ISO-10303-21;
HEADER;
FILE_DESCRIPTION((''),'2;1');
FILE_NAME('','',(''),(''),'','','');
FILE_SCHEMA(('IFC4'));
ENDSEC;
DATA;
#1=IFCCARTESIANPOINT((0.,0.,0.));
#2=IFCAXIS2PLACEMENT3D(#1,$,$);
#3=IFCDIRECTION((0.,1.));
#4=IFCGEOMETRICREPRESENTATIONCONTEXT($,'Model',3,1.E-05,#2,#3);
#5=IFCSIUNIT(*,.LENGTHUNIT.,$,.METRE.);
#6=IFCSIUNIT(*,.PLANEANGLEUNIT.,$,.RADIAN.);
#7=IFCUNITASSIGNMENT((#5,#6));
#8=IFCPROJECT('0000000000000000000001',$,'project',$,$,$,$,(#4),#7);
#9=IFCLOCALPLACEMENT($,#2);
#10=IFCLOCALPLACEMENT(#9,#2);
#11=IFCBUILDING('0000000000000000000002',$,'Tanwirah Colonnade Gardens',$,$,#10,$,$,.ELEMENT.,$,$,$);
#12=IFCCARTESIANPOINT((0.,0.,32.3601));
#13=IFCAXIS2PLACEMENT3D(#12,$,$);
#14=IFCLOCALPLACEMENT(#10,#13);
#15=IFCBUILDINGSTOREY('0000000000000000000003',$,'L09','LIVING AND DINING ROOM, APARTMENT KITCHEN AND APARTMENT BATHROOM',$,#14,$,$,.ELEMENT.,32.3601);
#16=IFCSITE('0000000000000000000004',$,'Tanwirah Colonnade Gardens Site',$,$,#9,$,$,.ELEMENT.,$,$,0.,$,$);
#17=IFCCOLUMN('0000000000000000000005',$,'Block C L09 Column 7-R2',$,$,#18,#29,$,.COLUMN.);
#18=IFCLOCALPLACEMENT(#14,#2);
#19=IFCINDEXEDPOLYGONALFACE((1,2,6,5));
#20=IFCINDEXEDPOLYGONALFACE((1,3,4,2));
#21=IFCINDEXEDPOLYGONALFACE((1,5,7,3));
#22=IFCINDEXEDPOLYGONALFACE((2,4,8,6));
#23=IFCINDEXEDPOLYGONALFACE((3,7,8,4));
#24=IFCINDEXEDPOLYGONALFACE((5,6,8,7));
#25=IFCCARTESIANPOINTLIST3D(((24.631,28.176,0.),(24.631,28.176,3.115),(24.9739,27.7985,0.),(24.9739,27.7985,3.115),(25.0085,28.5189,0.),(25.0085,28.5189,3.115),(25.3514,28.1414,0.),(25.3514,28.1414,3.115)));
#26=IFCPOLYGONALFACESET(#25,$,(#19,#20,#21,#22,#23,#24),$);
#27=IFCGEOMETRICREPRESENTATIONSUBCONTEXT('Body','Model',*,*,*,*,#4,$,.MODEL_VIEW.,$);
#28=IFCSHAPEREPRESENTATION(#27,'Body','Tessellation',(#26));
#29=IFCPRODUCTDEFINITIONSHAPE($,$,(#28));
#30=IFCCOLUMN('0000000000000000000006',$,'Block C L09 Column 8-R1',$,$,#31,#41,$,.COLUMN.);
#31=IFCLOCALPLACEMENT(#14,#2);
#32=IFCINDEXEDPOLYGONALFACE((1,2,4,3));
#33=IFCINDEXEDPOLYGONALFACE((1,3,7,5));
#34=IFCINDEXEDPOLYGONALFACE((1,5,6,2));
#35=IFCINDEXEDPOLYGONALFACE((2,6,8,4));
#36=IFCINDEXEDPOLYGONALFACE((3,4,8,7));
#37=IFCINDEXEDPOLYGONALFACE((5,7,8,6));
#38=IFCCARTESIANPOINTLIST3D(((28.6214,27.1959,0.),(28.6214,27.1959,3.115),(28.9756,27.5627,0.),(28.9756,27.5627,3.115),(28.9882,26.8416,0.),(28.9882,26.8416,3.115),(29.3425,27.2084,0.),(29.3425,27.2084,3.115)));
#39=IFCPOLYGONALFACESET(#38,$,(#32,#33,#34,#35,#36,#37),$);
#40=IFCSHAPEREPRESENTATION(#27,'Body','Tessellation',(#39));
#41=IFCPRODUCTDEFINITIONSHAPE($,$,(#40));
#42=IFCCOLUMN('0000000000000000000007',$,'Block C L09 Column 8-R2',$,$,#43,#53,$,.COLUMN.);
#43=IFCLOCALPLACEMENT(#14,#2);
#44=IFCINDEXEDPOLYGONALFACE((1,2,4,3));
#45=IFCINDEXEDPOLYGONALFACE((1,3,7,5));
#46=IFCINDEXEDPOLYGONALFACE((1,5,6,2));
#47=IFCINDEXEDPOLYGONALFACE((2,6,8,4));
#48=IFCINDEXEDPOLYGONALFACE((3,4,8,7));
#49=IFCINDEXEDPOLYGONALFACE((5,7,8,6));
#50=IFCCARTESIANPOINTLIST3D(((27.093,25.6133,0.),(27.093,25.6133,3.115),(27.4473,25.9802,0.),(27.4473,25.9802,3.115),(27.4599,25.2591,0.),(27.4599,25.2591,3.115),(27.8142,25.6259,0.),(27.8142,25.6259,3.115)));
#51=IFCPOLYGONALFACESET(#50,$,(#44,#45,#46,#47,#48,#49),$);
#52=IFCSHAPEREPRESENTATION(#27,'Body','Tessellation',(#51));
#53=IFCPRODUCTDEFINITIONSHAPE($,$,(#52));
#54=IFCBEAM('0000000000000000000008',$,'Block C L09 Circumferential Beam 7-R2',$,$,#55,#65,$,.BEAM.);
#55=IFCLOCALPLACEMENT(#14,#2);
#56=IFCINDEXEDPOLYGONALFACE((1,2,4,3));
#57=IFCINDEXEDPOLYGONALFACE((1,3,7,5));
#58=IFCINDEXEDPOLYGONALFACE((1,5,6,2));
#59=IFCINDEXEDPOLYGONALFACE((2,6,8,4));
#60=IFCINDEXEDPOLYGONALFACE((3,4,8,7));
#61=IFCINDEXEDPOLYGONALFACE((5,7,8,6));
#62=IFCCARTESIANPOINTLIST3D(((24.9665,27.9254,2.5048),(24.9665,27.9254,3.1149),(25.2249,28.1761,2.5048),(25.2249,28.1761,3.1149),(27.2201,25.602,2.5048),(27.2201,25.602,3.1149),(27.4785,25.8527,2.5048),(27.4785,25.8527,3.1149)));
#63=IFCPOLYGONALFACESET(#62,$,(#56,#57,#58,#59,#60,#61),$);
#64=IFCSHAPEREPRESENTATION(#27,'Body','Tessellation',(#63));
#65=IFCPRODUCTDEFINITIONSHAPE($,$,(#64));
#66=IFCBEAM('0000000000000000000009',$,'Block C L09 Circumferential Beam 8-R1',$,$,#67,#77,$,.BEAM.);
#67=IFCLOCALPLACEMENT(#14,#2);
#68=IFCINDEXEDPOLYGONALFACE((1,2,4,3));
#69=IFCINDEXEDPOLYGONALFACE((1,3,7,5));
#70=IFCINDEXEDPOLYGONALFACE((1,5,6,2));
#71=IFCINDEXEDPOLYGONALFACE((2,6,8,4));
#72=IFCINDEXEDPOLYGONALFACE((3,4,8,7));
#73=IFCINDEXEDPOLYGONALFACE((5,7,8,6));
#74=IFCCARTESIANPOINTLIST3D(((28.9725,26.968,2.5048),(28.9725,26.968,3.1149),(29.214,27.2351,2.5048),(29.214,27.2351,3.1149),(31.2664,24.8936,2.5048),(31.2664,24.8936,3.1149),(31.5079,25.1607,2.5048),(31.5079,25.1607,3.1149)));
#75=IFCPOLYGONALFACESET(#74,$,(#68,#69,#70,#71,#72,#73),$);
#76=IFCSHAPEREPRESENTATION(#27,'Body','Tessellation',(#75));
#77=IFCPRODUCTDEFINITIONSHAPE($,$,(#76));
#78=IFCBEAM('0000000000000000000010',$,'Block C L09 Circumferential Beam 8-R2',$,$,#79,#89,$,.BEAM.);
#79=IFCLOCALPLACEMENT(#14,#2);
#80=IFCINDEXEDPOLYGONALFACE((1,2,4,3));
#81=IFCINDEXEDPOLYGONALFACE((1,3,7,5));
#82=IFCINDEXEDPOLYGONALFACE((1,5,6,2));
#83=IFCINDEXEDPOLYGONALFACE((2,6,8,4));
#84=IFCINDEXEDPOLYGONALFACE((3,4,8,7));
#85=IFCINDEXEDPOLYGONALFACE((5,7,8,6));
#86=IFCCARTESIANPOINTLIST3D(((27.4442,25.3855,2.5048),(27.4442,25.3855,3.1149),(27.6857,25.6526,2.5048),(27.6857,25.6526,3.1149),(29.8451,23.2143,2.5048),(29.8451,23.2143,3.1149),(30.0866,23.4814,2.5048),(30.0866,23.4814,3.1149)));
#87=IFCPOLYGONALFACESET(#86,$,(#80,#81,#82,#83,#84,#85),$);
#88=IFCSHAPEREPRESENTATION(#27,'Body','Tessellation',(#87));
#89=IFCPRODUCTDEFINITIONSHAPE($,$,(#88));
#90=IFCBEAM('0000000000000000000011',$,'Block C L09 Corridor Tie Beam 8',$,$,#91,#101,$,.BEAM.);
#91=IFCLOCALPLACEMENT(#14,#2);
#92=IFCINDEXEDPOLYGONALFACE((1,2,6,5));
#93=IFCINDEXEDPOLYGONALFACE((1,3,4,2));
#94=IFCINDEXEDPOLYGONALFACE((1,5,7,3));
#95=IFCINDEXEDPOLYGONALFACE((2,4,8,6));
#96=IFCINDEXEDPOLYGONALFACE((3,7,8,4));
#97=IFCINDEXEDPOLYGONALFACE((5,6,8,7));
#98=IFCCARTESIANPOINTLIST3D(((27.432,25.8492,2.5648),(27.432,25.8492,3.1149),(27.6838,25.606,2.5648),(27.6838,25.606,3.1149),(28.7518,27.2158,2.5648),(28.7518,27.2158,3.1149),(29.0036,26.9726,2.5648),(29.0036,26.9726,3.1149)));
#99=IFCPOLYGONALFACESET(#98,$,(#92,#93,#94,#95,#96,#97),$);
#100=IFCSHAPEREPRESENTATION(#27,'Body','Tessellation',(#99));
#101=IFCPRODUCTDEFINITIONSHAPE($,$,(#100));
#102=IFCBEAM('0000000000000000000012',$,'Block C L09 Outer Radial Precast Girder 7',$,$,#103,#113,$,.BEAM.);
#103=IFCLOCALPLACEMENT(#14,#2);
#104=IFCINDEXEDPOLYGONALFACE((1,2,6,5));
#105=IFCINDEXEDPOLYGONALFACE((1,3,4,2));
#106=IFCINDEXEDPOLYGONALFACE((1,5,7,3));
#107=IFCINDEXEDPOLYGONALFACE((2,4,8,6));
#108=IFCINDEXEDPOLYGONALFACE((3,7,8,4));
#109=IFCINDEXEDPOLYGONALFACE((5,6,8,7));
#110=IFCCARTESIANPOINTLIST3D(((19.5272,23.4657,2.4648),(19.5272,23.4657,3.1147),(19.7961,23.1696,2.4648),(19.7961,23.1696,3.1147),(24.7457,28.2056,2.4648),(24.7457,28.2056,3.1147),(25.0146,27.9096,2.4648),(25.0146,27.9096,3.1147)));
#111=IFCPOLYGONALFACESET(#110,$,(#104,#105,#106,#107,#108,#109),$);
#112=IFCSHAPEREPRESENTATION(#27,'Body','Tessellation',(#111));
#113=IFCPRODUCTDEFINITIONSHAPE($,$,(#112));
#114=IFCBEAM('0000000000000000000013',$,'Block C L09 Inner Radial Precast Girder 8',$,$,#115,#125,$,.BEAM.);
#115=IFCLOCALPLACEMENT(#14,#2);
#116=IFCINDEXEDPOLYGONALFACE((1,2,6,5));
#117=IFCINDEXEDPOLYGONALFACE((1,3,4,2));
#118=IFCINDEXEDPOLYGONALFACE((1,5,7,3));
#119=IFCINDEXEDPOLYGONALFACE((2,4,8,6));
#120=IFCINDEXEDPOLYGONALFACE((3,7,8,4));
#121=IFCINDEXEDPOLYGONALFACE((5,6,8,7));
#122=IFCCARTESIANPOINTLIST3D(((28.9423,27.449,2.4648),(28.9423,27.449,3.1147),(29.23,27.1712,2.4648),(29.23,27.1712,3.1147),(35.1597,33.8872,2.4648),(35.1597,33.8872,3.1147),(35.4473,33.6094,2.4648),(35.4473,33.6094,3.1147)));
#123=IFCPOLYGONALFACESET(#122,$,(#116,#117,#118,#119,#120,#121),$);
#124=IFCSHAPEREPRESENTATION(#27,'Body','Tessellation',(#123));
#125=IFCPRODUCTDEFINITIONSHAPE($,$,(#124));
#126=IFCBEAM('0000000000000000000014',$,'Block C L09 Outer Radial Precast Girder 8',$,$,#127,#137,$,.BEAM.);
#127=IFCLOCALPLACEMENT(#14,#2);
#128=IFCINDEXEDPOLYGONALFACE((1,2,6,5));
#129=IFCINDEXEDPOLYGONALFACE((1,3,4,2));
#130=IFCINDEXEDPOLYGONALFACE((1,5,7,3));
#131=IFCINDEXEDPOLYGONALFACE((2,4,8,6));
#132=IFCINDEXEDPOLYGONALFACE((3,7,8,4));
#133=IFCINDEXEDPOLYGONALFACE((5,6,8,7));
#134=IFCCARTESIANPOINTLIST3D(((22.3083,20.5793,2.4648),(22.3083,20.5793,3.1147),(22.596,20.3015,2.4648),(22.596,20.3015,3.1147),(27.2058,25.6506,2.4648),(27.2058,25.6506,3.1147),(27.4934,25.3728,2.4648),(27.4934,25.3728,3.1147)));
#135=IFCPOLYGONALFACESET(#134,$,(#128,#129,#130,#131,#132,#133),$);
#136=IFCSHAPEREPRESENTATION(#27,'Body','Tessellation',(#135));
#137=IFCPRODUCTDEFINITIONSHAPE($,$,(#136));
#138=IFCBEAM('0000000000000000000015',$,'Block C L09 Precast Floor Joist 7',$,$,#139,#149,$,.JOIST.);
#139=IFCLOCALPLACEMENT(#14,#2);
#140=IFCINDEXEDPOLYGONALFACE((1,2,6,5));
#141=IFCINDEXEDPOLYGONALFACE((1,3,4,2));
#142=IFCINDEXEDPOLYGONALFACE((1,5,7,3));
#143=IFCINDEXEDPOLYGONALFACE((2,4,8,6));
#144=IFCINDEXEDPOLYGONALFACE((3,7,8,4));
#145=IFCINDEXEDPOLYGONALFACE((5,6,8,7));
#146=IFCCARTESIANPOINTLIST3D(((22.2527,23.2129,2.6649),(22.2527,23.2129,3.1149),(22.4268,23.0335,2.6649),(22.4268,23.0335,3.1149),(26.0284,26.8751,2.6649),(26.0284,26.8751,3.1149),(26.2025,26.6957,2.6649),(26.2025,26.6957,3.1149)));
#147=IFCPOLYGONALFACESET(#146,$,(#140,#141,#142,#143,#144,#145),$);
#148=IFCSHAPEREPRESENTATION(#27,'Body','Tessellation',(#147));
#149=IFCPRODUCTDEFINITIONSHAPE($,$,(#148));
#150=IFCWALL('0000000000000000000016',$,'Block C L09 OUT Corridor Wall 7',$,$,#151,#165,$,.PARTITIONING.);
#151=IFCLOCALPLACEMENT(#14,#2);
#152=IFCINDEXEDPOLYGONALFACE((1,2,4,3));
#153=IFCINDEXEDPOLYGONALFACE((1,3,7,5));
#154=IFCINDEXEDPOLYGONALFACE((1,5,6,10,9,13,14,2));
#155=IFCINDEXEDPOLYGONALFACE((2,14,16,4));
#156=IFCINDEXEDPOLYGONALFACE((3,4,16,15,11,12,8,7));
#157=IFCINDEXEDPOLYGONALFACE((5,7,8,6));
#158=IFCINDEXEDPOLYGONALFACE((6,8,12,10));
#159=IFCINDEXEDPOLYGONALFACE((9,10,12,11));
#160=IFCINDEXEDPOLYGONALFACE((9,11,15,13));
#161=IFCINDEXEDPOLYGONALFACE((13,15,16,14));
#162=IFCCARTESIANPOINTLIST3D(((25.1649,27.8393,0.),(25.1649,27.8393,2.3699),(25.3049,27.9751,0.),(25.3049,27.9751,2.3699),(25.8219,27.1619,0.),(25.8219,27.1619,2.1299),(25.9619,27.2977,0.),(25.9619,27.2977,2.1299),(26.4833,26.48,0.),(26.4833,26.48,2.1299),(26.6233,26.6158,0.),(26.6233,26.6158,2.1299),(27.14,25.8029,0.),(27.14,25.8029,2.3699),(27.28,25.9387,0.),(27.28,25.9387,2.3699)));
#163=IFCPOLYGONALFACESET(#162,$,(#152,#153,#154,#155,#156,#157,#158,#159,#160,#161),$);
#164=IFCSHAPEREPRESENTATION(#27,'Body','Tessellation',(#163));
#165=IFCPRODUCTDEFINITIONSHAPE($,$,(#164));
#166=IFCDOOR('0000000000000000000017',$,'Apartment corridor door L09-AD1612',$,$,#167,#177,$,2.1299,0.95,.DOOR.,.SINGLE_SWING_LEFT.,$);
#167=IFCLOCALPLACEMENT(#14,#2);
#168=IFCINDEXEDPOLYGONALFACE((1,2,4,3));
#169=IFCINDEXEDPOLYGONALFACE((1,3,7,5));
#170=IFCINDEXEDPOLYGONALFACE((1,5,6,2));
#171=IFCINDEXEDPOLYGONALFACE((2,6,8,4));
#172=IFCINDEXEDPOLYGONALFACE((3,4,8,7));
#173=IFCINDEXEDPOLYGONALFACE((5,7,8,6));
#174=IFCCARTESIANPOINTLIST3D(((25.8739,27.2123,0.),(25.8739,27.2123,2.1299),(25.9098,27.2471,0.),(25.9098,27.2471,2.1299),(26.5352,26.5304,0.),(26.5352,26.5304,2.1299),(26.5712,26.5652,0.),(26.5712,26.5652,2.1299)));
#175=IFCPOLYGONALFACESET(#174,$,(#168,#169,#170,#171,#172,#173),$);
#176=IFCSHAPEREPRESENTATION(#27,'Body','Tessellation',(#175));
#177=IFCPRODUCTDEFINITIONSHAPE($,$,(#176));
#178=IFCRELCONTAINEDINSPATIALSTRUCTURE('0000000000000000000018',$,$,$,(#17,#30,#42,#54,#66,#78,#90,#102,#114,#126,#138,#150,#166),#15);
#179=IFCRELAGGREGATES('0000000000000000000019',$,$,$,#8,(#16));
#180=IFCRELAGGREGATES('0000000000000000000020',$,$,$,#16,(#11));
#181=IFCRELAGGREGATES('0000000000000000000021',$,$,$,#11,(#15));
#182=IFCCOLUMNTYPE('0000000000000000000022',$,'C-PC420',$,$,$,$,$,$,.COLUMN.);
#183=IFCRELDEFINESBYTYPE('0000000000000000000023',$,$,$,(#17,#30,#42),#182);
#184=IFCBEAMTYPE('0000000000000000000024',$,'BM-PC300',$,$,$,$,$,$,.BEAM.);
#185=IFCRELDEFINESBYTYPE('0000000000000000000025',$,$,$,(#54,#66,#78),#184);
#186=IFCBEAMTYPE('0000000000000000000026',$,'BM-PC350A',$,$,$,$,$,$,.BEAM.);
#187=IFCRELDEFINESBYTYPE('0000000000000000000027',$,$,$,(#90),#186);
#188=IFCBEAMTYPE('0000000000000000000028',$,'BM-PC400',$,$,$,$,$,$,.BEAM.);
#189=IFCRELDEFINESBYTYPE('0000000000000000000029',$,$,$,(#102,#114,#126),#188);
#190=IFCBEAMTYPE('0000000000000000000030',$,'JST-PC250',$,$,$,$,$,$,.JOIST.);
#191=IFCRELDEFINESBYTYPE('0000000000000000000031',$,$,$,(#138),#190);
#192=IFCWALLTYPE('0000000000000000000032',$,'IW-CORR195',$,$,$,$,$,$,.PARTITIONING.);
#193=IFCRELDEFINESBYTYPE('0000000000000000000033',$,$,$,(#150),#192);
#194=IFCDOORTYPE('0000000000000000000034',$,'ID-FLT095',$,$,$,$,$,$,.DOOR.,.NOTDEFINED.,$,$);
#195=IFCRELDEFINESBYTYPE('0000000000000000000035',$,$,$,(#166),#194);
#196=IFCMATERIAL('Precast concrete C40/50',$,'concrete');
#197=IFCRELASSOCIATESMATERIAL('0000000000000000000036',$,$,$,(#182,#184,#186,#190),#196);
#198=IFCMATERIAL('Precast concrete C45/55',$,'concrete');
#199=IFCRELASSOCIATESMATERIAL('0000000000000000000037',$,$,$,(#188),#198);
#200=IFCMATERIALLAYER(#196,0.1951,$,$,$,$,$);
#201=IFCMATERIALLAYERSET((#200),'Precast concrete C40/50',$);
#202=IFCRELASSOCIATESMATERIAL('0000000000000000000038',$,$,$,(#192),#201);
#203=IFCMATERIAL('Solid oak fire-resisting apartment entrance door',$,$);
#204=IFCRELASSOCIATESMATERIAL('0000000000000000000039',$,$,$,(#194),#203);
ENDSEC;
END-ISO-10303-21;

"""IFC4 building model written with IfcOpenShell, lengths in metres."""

from ifc_helpers import new_model, si_unit, direction, frame, frame_2d, origin, origin_2d, place, context, subcontext, project, spatial, rectangle, extrude, material, layer, layer_set, material_profile, profile_set, type_object, element, fill, save


model = new_model("IFC4")

# Units and contexts
model_context = context("Model", 3, precision=1e-05, world=origin(), true_north=direction((0.0, 1.0)))
body_context = subcontext(model_context, "Body", "Model", "MODEL_VIEW")
ifc_project = project(units=[si_unit("LENGTHUNIT", "METRE"), si_unit("PLANEANGLEUNIT", "RADIAN")], contexts=[model_context])

# Site, building, storey
site_placement = place(None, origin())
site = spatial("IfcSite", under=ifc_project, at=site_placement, Name="Tanwirah Colonnade Gardens Site", CompositionType="ELEMENT", RefElevation=0.0)
building_placement = place(site_placement, origin())
building = spatial("IfcBuilding", under=site, at=building_placement, Name="Tanwirah Colonnade Gardens", CompositionType="ELEMENT")
storey_placement = place(building_placement, frame((0.0, 0.0, 32.3601)))
storey = spatial("IfcBuildingStorey", under=building, at=storey_placement, Name="L09", Description="LIVING AND DINING ROOM, APARTMENT KITCHEN AND APARTMENT BATHROOM", CompositionType="ELEMENT", Elevation=32.3601)

# Columns
ifc_material_1 = material(Name="Precast concrete C40/50", Category="concrete")
ifc_material_profile_1 = material_profile(ifc_material_1, rectangle(XDim=0.51, YDim=0.51, at=origin_2d()), Name="PC-COL 510x510")
ifc_profile_set_1 = profile_set([ifc_material_profile_1], Name="Precast concrete C40/50")
column_type = type_object("IfcColumnType", Name="C-PC420", PredefinedType="COLUMN", material=ifc_profile_set_1)
for number, where, z_axis, x_axis, name in (
    (1, (24.9912, 28.1587, 0.0), (0.0, 0.0, 1.0), (-0.740218, -0.672367, 0.0), "Block C L09 Column 7-R2"),
    (2, (28.9819, 27.2021, 0.0), (0.0, 0.0, 1.0), (-0.694658, -0.71934, 0.0), "Block C L09 Column 8-R1"),
    (3, (27.4536, 25.6196, 0.0), (0.0, 0.0, 1.0), (-0.694658, -0.71934, 0.0), "Block C L09 Column 8-R2"),
):
    element("IfcColumn", number, at=place(storey_placement, frame(where, z_axis=z_axis, x_axis=x_axis)), inside=storey, type_object=column_type, Name=name, PredefinedType="COLUMN", context=body_context, shape_type="SweptSolid", body=[
        extrude(rectangle(XDim=0.51, YDim=0.51, at=origin_2d()), origin(), (0.0, 0.0, 1.0), 3.115),
    ])

# Beams
ifc_material_profile_2 = material_profile(ifc_material_1, rectangle(XDim=0.3601, YDim=0.6101, at=origin_2d()), Name="PC-BM 360x610")
ifc_profile_set_2 = profile_set([ifc_material_profile_2], Name="Precast concrete C40/50")
beam_type_1 = type_object("IfcBeamType", Name="BM-PC300", PredefinedType="BEAM", material=ifc_profile_set_2)
beam_1_placement = place(storey_placement, frame((25.0957, 28.0508, 2.8098), z_axis=(0.696239, -0.71781, 0.0), x_axis=(0.71781, 0.696239, 0.0)))
element("IfcBeam", 4, at=beam_1_placement, inside=storey, type_object=beam_type_1, Name="Block C L09 Circumferential Beam 7-R2", PredefinedType="BEAM", context=body_context, shape_type="SweptSolid", body=[
    extrude(rectangle(XDim=0.3601, YDim=0.6101, at=origin_2d()), origin(), (0.0, 0.0, 1.0), 3.2368),
])
beam_2_placement = place(storey_placement, frame((29.0933, 27.1016, 2.8098), z_axis=(0.741698, -0.670733, 0.0), x_axis=(0.670733, 0.741698, 0.0)))
element("IfcBeam", 5, at=beam_2_placement, inside=storey, type_object=beam_type_1, Name="Block C L09 Circumferential Beam 8-R1", PredefinedType="BEAM", context=body_context, shape_type="SweptSolid", body=[
    extrude(rectangle(XDim=0.3601, YDim=0.6101, at=origin_2d()), origin(), (0.0, 0.0, 1.0), 3.0928),
])
beam_3_placement = place(storey_placement, frame((27.5649, 25.519, 2.8098), z_axis=(0.741702, -0.67073, 0.0), x_axis=(0.67073, 0.741702, 0.0)))
element("IfcBeam", 6, at=beam_3_placement, inside=storey, type_object=beam_type_1, Name="Block C L09 Circumferential Beam 8-R2", PredefinedType="BEAM", context=body_context, shape_type="SweptSolid", body=[
    extrude(rectangle(XDim=0.3601, YDim=0.6101, at=origin_2d()), origin(), (0.0, 0.0, 1.0), 3.2371),
])
ifc_material_profile_3 = material_profile(ifc_material_1, rectangle(XDim=0.3501, YDim=0.55, at=origin_2d()), Name="PC-BM 350x550")
ifc_profile_set_3 = profile_set([ifc_material_profile_3], Name="Precast concrete C40/50")
beam_type_2 = type_object("IfcBeamType", Name="BM-PC350A", PredefinedType="BEAM", material=ifc_profile_set_3)
beam_4_placement = place(storey_placement, frame((28.8777, 27.0942, 2.8398), z_axis=(-0.694663, -0.719335, 0.0), x_axis=(0.719335, -0.694663, 0.0)))
element("IfcBeam", 7, at=beam_4_placement, inside=storey, type_object=beam_type_2, Name="Block C L09 Corridor Tie Beam 8", PredefinedType="BEAM", context=body_context, shape_type="SweptSolid", body=[
    extrude(rectangle(XDim=0.3501, YDim=0.55, at=origin_2d()), origin(), (0.0, 0.0, 1.0), 1.8999),
])
ifc_material_2 = material(Name="Precast concrete C45/55", Category="concrete")
ifc_material_profile_4 = material_profile(ifc_material_2, rectangle(XDim=0.3999, YDim=0.6499, at=origin_2d()), Name="PC-BM 400x650")
ifc_profile_set_4 = profile_set([ifc_material_profile_4], Name="Precast concrete C45/55")
beam_type_3 = type_object("IfcBeamType", Name="BM-PC400", PredefinedType="BEAM", material=ifc_profile_set_4)
beam_5_placement = place(storey_placement, frame((24.8801, 28.0576, 2.7898), z_axis=(-0.74023, -0.672354, 0.0), x_axis=(0.672354, -0.74023, 0.0)))
element("IfcBeam", 8, at=beam_5_placement, inside=storey, type_object=beam_type_3, Name="Block C L09 Outer Radial Precast Girder 7", PredefinedType="BEAM", context=body_context, shape_type="SweptSolid", body=[
    extrude(rectangle(XDim=0.3999, YDim=0.6499, at=origin_2d()), origin(), (0.0, 0.0, 1.0), 7.0498),
])
beam_6_placement = place(storey_placement, frame((29.0862, 27.3101, 2.7898), z_axis=(0.694656, 0.719342, 0.0), x_axis=(-0.719342, 0.694656, 0.0)))
element("IfcBeam", 9, at=beam_6_placement, inside=storey, type_object=beam_type_3, Name="Block C L09 Inner Radial Precast Girder 8", PredefinedType="BEAM", context=body_context, shape_type="SweptSolid", body=[
    extrude(rectangle(XDim=0.3999, YDim=0.6499, at=origin_2d()), origin(), (0.0, 0.0, 1.0), 8.9502),
])
beam_7_placement = place(storey_placement, frame((27.3496, 25.5117, 2.7898), z_axis=(-0.694671, -0.719327, 0.0), x_axis=(0.719327, -0.694671, 0.0)))
element("IfcBeam", 10, at=beam_7_placement, inside=storey, type_object=beam_type_3, Name="Block C L09 Outer Radial Precast Girder 8", PredefinedType="BEAM", context=body_context, shape_type="SweptSolid", body=[
    extrude(rectangle(XDim=0.3999, YDim=0.6499, at=origin_2d()), origin(), (0.0, 0.0, 1.0), 7.05),
])
ifc_material_profile_5 = material_profile(ifc_material_1, rectangle(XDim=0.25, YDim=0.45, at=origin_2d()), Name="PC-JST 250x450")
ifc_profile_set_5 = profile_set([ifc_material_profile_5], Name="Precast concrete C40/50")
beam_type_4 = type_object("IfcBeamType", Name="JST-PC250", PredefinedType="JOIST", material=ifc_profile_set_5)
beam_8_placement = place(storey_placement, frame((26.1155, 26.7854, 2.8899), z_axis=(-0.717816, -0.696233, 0.0), x_axis=(0.696233, -0.717816, 0.0)))
element("IfcBeam", 11, at=beam_8_placement, inside=storey, type_object=beam_type_4, Name="Block C L09 Precast Floor Joist 7", PredefinedType="JOIST", context=body_context, shape_type="SweptSolid", body=[
    extrude(rectangle(XDim=0.25, YDim=0.45, at=origin_2d()), origin(), (0.0, 0.0, 1.0), 5.26),
])

# Wall, opening, door
ifc_layer_1 = layer(ifc_material_1, 0.1951)
ifc_layer_set_1 = layer_set([ifc_layer_1], Name="Precast concrete C40/50")
wall_type_1 = type_object("IfcWallType", Name="IW-CORR195", PredefinedType="PARTITIONING", material=ifc_layer_set_1)
wall_1_placement = place(storey_placement, frame((25.2349, 27.9072, 0.0), z_axis=(0.0, 0.0, 1.0), x_axis=(0.696224, -0.717825, 0.0)))
wall_1 = element("IfcWall", 12, at=wall_1_placement, inside=storey, type_object=wall_type_1, Name="Block C L09 OUT Corridor Wall 7", PredefinedType="PARTITIONING", context=body_context, shape_type="SweptSolid", body=[
    extrude(rectangle(XDim=2.8369, YDim=0.1951, at=frame_2d((1.4185, 0.0))), origin(), (0.0, 0.0, 1.0), 2.3699),
])
opening_1_placement = place(wall_1_placement, frame((0.9436, 0.0, 0.0)))
opening_1 = element("IfcOpeningElement", 13, at=opening_1_placement, cuts=wall_1, PredefinedType="OPENING", context=body_context, shape_type="SweptSolid", body=[
    extrude(rectangle(XDim=0.95, YDim=2.1299, at=frame_2d((0.4751, 1.0649))), frame((0.0, 0.1074, 0.0), z_axis=(0.0, -1.0, 0.0), x_axis=(1.0, 0.0, 0.0)), (0.0, 0.0, 1.0), 0.2151),
])
ifc_material_3 = material(Name="Solid oak fire-resisting apartment entrance door")
door_type_1 = type_object("IfcDoorType", Name="ID-FLT095", OperationType="NOTDEFINED", PredefinedType="DOOR", material=ifc_material_3)
door_1_placement = place(opening_1_placement, origin())
door_1 = element("IfcDoor", 14, at=door_1_placement, inside=storey, type_object=door_type_1, Name="Apartment corridor door L09-AD1612", OperationType="SINGLE_SWING_LEFT", OverallHeight=2.1299, OverallWidth=0.95, PredefinedType="DOOR", context=body_context, shape_type="SweptSolid", body=[
    extrude(rectangle(XDim=0.95, YDim=2.1299, at=frame_2d((0.4751, 1.0649))), frame((0.0, 0.0249, 0.0), z_axis=(0.0, -1.0, 0.0), x_axis=(1.0, 0.0, 0.0)), (0.0, 0.0, 1.0), 0.05),
])
fill(opening_1, door_1)

save(model, "model.ifc")
